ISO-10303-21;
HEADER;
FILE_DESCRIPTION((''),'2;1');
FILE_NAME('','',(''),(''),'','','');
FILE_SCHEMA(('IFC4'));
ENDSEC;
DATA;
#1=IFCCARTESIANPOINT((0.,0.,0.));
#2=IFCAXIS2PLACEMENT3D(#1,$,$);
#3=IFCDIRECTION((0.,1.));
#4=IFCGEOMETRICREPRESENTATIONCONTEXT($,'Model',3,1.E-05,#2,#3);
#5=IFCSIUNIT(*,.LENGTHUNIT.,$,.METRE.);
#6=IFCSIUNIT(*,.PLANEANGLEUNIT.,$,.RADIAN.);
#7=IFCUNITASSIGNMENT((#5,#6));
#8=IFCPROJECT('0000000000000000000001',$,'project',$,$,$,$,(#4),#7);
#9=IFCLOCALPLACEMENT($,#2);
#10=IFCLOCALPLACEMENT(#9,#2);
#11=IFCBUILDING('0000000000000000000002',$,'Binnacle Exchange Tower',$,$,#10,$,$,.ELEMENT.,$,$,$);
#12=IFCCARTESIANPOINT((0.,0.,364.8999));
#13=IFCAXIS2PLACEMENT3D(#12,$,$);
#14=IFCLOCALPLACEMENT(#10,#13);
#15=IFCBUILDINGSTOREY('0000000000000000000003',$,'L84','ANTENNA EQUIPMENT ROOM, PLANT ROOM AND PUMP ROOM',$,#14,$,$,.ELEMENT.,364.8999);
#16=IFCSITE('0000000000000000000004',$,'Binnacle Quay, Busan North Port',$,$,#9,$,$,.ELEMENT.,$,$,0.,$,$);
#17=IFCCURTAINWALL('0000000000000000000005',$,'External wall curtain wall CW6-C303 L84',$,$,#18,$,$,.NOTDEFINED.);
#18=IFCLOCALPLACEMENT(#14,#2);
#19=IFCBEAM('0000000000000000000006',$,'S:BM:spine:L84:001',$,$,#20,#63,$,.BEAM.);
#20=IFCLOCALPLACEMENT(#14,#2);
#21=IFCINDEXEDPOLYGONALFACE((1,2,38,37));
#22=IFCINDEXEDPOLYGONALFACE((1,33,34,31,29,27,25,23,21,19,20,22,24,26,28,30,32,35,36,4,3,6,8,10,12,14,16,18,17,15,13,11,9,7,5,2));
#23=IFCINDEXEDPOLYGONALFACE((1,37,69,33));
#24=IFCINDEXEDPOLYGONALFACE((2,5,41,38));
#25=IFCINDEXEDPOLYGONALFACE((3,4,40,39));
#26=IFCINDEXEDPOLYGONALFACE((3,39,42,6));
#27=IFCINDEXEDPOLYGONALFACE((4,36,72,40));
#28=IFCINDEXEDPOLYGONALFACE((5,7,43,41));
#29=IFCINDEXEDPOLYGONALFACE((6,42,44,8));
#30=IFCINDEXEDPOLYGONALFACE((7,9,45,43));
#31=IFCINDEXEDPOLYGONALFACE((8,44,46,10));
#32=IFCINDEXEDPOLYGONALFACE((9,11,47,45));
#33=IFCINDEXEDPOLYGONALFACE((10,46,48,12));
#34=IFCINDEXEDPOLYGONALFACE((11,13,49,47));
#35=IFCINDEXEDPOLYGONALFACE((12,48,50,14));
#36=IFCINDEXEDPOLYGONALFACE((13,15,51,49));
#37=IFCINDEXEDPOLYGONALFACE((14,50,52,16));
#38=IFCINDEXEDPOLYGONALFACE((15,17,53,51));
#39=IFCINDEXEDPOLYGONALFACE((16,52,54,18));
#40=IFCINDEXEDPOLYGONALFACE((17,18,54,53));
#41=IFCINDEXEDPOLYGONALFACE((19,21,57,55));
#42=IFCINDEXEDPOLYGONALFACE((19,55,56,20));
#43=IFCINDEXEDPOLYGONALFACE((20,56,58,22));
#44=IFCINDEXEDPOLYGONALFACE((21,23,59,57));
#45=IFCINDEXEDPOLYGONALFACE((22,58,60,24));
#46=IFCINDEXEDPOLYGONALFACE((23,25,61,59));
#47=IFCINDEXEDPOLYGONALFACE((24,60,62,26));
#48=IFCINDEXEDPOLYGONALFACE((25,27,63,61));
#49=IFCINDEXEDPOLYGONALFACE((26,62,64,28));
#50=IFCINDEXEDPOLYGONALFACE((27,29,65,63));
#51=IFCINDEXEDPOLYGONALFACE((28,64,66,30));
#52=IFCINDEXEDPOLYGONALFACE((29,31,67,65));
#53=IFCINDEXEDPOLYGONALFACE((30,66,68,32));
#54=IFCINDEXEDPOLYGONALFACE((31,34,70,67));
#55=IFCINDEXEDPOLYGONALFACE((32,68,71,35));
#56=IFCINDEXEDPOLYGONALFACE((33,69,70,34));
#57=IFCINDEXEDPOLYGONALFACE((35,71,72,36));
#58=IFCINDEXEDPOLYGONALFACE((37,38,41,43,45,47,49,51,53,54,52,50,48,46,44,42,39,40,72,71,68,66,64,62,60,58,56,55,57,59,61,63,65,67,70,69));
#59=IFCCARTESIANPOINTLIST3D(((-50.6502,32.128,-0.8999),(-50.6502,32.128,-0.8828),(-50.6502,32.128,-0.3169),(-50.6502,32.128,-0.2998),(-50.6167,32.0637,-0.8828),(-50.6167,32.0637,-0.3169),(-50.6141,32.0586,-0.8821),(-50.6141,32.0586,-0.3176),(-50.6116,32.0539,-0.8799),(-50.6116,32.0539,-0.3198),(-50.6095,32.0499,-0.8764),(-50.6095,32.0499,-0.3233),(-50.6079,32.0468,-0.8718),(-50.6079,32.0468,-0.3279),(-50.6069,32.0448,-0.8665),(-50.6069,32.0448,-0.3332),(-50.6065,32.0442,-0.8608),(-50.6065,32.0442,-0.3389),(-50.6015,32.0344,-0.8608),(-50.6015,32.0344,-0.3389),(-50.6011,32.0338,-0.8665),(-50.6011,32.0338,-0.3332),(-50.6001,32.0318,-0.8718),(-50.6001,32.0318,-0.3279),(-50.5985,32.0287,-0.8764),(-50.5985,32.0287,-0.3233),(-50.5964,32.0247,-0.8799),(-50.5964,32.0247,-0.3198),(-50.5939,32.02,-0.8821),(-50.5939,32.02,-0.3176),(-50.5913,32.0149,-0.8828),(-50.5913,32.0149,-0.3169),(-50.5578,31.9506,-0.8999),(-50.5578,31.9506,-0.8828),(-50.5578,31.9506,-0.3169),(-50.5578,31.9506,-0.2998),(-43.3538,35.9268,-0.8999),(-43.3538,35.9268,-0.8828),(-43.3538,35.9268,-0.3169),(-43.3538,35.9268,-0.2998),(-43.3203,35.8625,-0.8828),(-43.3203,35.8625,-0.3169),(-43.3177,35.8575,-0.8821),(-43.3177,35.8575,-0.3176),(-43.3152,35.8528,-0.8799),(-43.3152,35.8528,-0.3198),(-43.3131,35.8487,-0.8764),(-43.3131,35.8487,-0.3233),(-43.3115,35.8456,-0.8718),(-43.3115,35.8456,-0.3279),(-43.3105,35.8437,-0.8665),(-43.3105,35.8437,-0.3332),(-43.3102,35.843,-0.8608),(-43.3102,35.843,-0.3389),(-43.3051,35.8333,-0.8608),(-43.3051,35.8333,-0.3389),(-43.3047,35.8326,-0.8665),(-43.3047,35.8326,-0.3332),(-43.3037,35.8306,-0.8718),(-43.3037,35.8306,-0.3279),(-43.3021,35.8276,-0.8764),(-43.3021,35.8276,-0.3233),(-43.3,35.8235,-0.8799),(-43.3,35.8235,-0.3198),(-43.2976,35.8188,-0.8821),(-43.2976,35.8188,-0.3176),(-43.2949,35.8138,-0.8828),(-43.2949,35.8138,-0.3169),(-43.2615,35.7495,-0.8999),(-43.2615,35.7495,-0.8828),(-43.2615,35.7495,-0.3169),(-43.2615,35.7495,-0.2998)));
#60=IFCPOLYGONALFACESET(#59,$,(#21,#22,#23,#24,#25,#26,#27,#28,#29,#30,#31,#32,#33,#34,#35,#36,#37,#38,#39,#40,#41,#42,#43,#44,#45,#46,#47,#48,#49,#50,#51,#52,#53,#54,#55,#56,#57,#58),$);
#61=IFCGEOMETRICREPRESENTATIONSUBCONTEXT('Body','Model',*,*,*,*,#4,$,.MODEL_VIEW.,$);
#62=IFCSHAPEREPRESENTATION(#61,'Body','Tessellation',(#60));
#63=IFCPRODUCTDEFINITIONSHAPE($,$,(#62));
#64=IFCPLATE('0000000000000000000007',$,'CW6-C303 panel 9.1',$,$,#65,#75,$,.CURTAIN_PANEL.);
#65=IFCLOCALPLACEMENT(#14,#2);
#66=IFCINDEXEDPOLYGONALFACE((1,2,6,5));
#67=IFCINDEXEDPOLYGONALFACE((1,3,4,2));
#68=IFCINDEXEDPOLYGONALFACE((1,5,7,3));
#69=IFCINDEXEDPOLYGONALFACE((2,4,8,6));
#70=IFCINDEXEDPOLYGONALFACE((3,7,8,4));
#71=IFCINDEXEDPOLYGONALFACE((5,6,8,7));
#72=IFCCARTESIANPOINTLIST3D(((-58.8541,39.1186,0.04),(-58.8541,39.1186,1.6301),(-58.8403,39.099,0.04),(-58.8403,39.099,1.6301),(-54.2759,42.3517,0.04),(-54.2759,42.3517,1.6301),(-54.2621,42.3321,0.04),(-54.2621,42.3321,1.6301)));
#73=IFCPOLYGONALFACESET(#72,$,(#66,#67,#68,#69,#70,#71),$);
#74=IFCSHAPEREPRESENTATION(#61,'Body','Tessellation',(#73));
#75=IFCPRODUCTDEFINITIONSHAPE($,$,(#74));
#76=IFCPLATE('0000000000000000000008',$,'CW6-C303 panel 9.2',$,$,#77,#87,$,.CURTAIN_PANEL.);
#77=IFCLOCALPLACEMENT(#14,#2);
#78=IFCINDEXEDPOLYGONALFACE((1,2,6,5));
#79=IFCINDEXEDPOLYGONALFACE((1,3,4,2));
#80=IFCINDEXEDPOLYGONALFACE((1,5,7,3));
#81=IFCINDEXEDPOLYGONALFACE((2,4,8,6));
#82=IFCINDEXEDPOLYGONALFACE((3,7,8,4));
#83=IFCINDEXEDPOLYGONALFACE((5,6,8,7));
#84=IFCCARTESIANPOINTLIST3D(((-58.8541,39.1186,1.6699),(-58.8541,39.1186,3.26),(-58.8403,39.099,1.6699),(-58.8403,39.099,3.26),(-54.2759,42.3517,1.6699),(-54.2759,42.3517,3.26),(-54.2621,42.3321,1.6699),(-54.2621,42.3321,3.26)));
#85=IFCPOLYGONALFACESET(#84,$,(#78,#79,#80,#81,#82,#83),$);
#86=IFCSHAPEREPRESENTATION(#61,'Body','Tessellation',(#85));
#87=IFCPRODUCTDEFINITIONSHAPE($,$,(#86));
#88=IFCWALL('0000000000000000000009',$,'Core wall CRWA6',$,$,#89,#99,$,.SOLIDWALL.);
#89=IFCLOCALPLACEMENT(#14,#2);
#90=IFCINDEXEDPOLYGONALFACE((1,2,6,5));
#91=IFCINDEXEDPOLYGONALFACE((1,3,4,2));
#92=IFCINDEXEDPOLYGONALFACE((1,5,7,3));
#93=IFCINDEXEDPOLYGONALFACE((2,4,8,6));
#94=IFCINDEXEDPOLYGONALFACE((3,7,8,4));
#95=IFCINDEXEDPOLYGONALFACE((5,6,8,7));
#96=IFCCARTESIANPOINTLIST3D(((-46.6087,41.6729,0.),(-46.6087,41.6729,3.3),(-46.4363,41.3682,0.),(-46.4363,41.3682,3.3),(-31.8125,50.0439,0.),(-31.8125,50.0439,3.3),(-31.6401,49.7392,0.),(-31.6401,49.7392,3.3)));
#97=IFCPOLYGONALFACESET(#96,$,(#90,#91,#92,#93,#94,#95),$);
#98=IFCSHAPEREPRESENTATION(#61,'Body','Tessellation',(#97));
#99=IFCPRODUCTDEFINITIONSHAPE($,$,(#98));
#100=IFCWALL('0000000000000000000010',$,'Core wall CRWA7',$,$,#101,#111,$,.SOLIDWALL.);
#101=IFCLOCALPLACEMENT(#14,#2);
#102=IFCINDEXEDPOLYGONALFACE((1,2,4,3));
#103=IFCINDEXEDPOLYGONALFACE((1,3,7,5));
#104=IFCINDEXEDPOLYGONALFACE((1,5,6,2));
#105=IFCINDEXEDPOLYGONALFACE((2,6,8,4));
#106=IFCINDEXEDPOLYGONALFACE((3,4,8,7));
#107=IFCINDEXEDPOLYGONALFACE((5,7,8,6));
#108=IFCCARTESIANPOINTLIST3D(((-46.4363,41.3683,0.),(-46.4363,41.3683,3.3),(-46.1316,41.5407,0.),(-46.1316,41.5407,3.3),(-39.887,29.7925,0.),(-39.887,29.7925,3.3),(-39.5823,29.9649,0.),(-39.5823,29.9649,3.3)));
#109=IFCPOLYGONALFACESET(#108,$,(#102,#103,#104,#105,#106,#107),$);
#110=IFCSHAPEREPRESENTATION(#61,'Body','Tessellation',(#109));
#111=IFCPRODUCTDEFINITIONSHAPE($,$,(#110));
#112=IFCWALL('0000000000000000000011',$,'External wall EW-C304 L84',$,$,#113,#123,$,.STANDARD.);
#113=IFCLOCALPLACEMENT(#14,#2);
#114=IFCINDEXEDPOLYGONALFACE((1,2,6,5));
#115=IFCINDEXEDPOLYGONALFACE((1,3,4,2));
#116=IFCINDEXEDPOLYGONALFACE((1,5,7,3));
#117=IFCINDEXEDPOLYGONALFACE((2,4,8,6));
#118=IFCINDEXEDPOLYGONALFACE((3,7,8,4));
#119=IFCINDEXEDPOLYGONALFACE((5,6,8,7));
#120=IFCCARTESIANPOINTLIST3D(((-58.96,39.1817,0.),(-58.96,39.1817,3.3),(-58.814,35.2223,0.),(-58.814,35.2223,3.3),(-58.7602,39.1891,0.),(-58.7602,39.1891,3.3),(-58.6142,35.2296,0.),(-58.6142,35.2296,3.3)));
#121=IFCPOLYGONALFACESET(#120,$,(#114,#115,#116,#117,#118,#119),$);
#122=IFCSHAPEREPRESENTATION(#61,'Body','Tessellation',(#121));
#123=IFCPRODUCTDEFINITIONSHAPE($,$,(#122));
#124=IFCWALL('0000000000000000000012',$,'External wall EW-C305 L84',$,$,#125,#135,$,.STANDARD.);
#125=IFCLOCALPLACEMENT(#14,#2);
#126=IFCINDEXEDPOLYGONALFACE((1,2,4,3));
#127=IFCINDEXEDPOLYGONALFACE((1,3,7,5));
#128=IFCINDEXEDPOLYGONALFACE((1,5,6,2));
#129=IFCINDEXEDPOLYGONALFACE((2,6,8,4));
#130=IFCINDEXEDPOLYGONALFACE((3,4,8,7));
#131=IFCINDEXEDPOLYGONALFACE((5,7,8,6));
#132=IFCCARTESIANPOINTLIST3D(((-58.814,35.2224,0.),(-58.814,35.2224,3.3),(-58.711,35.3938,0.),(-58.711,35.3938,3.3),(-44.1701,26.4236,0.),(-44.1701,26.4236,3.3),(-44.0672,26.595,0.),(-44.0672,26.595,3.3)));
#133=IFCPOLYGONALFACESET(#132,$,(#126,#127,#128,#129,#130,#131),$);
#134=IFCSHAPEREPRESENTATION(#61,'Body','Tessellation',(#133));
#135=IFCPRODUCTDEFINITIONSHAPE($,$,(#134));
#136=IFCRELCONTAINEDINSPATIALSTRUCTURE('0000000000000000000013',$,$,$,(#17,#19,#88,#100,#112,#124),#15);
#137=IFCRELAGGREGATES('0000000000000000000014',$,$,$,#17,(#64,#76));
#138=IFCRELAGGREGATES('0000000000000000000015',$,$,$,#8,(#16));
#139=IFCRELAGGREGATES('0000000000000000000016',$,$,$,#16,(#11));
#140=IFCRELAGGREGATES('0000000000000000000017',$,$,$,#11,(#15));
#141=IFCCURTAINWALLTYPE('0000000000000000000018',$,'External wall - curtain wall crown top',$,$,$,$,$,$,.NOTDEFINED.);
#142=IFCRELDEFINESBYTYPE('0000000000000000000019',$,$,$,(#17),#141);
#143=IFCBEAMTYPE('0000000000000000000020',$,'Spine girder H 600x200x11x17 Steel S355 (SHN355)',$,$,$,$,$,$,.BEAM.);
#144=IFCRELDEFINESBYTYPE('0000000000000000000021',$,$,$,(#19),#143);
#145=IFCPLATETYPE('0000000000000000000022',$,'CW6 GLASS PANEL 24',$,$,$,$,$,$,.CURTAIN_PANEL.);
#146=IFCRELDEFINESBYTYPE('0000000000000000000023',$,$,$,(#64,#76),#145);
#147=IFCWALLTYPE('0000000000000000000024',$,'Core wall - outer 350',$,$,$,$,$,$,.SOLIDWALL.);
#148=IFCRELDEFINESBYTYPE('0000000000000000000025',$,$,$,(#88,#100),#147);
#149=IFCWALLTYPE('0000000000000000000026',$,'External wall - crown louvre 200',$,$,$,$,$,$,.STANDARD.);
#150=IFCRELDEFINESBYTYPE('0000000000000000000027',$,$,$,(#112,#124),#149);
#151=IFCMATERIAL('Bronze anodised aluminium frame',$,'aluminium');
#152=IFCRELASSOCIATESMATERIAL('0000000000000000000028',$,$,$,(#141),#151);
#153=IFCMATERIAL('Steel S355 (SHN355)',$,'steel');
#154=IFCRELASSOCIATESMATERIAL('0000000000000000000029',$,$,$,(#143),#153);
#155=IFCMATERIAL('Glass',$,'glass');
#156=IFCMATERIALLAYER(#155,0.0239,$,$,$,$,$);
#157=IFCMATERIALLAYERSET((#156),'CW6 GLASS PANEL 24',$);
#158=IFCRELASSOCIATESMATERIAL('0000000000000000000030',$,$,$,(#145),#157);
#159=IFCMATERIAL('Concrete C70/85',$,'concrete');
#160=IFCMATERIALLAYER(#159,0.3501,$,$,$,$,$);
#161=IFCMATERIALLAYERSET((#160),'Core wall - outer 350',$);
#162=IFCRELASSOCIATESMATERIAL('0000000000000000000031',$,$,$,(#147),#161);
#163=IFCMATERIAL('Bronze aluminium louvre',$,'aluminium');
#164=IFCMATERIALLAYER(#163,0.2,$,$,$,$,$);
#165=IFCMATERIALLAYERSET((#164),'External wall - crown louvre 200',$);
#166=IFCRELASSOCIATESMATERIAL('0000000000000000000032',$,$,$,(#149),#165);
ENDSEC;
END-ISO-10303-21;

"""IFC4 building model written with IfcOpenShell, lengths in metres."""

from ifc_helpers import new_model, si_unit, direction, frame, frame_2d, origin, origin_2d, place, context, subcontext, project, spatial, rectangle, i_section, extrude, material, layer, layer_set, material_profile, profile_set, type_object, element, aggregate, save


model = new_model("IFC4")

# Units and contexts
model_context = context("Model", 3, precision=1e-05, world=origin(), true_north=direction((0.0, 1.0)))
body_context = subcontext(model_context, "Body", "Model", "MODEL_VIEW")
ifc_project = project(units=[si_unit("LENGTHUNIT", "METRE"), si_unit("PLANEANGLEUNIT", "RADIAN")], contexts=[model_context])

# Site, building, storey
site_placement = place(None, origin())
site = spatial("IfcSite", under=ifc_project, at=site_placement, Name="Binnacle Quay, Busan North Port", CompositionType="ELEMENT", RefElevation=0.0)
building_placement = place(site_placement, origin())
building = spatial("IfcBuilding", under=site, at=building_placement, Name="Binnacle Exchange Tower", CompositionType="ELEMENT")
storey_placement = place(building_placement, frame((0.0, 0.0, 364.8999)))
storey = spatial("IfcBuildingStorey", under=building, at=storey_placement, Name="L84", Description="ANTENNA EQUIPMENT ROOM, PLANT ROOM AND PUMP ROOM", CompositionType="ELEMENT", Elevation=364.8999)

# Shared definitions
ifc_material_1 = material(Name="Steel S355 (SHN355)", Category="steel")

# Curtain wall
ifc_material_2 = material(Name="Bronze anodised aluminium frame", Category="aluminium")
curtain_wall_type = type_object("IfcCurtainWallType", Name="External wall - curtain wall crown top", PredefinedType="NOTDEFINED", material=ifc_material_2)
curtain_wall_placement = place(storey_placement, origin())
curtain_wall = element("IfcCurtainWall", 1, at=curtain_wall_placement, inside=storey, type_object=curtain_wall_type, Name="External wall curtain wall CW6-C303 L84", PredefinedType="NOTDEFINED")

# Beam
ifc_material_profile_1 = material_profile(ifc_material_1, i_section(OverallWidth=0.2, OverallDepth=0.6001, WebThickness=0.011, FlangeThickness=0.0171, FilletRadius=0.022, at=origin_2d()), Name="H 600x200x11x17")
ifc_profile_set_1 = profile_set([ifc_material_profile_1], Name="Steel S355 (SHN355)")
beam_type_1 = type_object("IfcBeamType", Name="Spine girder H 600x200x11x17 Steel S355 (SHN355)", PredefinedType="BEAM", material=ifc_profile_set_1)
beam_1_placement = place(storey_placement, frame((-50.604, 32.0393, -0.5999), z_axis=(0.886982, 0.461803, 0.0), x_axis=(-0.461803, 0.886982, 0.0)))
element("IfcBeam", 2, at=beam_1_placement, inside=storey, type_object=beam_type_1, Name="S:BM:spine:L84:001", PredefinedType="BEAM", context=body_context, shape_type="SweptSolid", body=[
    extrude(i_section(OverallWidth=0.2, OverallDepth=0.6001, WebThickness=0.011, FlangeThickness=0.0171, FilletRadius=0.022, at=origin_2d()), origin(), (0.0, 0.0, 1.0), 8.2261),
])

# Plates
ifc_material_3 = material(Name="Glass", Category="glass")
ifc_layer_1 = layer(ifc_material_3, 0.0239)
ifc_layer_set_1 = layer_set([ifc_layer_1], Name="CW6 GLASS PANEL 24")
plate_type = type_object("IfcPlateType", Name="CW6 GLASS PANEL 24", PredefinedType="CURTAIN_PANEL", material=ifc_layer_set_1)
plate_1_placement = place(storey_placement, frame((-56.5581, 40.7253, 0.04), z_axis=(0.0, 0.0, 1.0), x_axis=(-0.816847, -0.576854, 0.0)))
plate_1 = element("IfcPlate", 3, at=plate_1_placement, type_object=plate_type, Name="CW6-C303 panel 9.1", PredefinedType="CURTAIN_PANEL", context=body_context, shape_type="SweptSolid", body=[
    extrude(rectangle(XDim=5.6047, YDim=0.0239, at=origin_2d()), origin(), (0.0, 0.0, 1.0), 1.5901),
])
plate_2_placement = place(storey_placement, frame((-56.5581, 40.7253, 1.6699), z_axis=(0.0, 0.0, 1.0), x_axis=(-0.816847, -0.576854, 0.0)))
plate_2 = element("IfcPlate", 4, at=plate_2_placement, type_object=plate_type, Name="CW6-C303 panel 9.2", PredefinedType="CURTAIN_PANEL", context=body_context, shape_type="SweptSolid", body=[
    extrude(rectangle(XDim=5.6047, YDim=0.0239, at=origin_2d()), origin(), (0.0, 0.0, 1.0), 1.5901),
])
aggregate(curtain_wall, [plate_1, plate_2])

# Walls
ifc_material_4 = material(Name="Concrete C70/85", Category="concrete")
ifc_layer_2 = layer(ifc_material_4, 0.3501)
ifc_layer_set_2 = layer_set([ifc_layer_2], Name="Core wall - outer 350")
wall_type_1 = type_object("IfcWallType", Name="Core wall - outer 350", PredefinedType="SOLIDWALL", material=ifc_layer_set_2)
wall_1_placement = place(storey_placement, frame((-46.5225, 41.5205, 0.0), z_axis=(0.0, 0.0, 1.0), x_axis=(0.87036, 0.492416, 0.0)))
element("IfcWall", 5, at=wall_1_placement, inside=storey, type_object=wall_type_1, Name="Core wall CRWA6", PredefinedType="SOLIDWALL", context=body_context, shape_type="SweptSolid", body=[
    extrude(rectangle(XDim=17.0, YDim=0.3501, at=frame_2d((8.5, 0.0))), origin(), (0.0, 0.0, 1.0), 3.3),
])
wall_2_placement = place(storey_placement, frame((-46.2839, 41.4543, 0.0), z_axis=(0.0, 0.0, 1.0), x_axis=(0.49243, -0.870352, 0.0)))
element("IfcWall", 6, at=wall_2_placement, inside=storey, type_object=wall_type_1, Name="Core wall CRWA7", PredefinedType="SOLIDWALL", context=body_context, shape_type="SweptSolid", body=[
    extrude(rectangle(XDim=13.3, YDim=0.3501, at=frame_2d((6.6499, 0.0))), origin(), (0.0, 0.0, 1.0), 3.3),
])
ifc_material_5 = material(Name="Bronze aluminium louvre", Category="aluminium")
ifc_layer_3 = layer(ifc_material_5, 0.2)
ifc_layer_set_3 = layer_set([ifc_layer_3], Name="External wall - crown louvre 200")
wall_type_2 = type_object("IfcWallType", Name="External wall - crown louvre 200", PredefinedType="STANDARD", material=ifc_layer_set_3)
wall_3_placement = place(storey_placement, frame((-58.7141, 35.2261, 0.0), z_axis=(0.0, 0.0, 1.0), x_axis=(-0.036848, 0.999321, 0.0)))
element("IfcWall", 7, at=wall_3_placement, inside=storey, type_object=wall_type_2, Name="External wall EW-C304 L84", PredefinedType="STANDARD", context=body_context, shape_type="SweptSolid", body=[
    extrude(rectangle(XDim=3.9622, YDim=0.2, at=frame_2d((1.981, 0.0))), origin(), (0.0, 0.0, 1.0), 3.3),
])
wall_4_placement = place(storey_placement, frame((-44.1187, 26.5093, 0.0), z_axis=(0.0, 0.0, 1.0), x_axis=(-0.857169, 0.515036, 0.0)))
element("IfcWall", 8, at=wall_4_placement, inside=storey, type_object=wall_type_2, Name="External wall EW-C305 L84", PredefinedType="STANDARD", context=body_context, shape_type="SweptSolid", body=[
    extrude(rectangle(XDim=17.084, YDim=0.2, at=frame_2d((8.542, 0.0))), origin(), (0.0, 0.0, 1.0), 3.3),
])

save(model, "model.ifc")
